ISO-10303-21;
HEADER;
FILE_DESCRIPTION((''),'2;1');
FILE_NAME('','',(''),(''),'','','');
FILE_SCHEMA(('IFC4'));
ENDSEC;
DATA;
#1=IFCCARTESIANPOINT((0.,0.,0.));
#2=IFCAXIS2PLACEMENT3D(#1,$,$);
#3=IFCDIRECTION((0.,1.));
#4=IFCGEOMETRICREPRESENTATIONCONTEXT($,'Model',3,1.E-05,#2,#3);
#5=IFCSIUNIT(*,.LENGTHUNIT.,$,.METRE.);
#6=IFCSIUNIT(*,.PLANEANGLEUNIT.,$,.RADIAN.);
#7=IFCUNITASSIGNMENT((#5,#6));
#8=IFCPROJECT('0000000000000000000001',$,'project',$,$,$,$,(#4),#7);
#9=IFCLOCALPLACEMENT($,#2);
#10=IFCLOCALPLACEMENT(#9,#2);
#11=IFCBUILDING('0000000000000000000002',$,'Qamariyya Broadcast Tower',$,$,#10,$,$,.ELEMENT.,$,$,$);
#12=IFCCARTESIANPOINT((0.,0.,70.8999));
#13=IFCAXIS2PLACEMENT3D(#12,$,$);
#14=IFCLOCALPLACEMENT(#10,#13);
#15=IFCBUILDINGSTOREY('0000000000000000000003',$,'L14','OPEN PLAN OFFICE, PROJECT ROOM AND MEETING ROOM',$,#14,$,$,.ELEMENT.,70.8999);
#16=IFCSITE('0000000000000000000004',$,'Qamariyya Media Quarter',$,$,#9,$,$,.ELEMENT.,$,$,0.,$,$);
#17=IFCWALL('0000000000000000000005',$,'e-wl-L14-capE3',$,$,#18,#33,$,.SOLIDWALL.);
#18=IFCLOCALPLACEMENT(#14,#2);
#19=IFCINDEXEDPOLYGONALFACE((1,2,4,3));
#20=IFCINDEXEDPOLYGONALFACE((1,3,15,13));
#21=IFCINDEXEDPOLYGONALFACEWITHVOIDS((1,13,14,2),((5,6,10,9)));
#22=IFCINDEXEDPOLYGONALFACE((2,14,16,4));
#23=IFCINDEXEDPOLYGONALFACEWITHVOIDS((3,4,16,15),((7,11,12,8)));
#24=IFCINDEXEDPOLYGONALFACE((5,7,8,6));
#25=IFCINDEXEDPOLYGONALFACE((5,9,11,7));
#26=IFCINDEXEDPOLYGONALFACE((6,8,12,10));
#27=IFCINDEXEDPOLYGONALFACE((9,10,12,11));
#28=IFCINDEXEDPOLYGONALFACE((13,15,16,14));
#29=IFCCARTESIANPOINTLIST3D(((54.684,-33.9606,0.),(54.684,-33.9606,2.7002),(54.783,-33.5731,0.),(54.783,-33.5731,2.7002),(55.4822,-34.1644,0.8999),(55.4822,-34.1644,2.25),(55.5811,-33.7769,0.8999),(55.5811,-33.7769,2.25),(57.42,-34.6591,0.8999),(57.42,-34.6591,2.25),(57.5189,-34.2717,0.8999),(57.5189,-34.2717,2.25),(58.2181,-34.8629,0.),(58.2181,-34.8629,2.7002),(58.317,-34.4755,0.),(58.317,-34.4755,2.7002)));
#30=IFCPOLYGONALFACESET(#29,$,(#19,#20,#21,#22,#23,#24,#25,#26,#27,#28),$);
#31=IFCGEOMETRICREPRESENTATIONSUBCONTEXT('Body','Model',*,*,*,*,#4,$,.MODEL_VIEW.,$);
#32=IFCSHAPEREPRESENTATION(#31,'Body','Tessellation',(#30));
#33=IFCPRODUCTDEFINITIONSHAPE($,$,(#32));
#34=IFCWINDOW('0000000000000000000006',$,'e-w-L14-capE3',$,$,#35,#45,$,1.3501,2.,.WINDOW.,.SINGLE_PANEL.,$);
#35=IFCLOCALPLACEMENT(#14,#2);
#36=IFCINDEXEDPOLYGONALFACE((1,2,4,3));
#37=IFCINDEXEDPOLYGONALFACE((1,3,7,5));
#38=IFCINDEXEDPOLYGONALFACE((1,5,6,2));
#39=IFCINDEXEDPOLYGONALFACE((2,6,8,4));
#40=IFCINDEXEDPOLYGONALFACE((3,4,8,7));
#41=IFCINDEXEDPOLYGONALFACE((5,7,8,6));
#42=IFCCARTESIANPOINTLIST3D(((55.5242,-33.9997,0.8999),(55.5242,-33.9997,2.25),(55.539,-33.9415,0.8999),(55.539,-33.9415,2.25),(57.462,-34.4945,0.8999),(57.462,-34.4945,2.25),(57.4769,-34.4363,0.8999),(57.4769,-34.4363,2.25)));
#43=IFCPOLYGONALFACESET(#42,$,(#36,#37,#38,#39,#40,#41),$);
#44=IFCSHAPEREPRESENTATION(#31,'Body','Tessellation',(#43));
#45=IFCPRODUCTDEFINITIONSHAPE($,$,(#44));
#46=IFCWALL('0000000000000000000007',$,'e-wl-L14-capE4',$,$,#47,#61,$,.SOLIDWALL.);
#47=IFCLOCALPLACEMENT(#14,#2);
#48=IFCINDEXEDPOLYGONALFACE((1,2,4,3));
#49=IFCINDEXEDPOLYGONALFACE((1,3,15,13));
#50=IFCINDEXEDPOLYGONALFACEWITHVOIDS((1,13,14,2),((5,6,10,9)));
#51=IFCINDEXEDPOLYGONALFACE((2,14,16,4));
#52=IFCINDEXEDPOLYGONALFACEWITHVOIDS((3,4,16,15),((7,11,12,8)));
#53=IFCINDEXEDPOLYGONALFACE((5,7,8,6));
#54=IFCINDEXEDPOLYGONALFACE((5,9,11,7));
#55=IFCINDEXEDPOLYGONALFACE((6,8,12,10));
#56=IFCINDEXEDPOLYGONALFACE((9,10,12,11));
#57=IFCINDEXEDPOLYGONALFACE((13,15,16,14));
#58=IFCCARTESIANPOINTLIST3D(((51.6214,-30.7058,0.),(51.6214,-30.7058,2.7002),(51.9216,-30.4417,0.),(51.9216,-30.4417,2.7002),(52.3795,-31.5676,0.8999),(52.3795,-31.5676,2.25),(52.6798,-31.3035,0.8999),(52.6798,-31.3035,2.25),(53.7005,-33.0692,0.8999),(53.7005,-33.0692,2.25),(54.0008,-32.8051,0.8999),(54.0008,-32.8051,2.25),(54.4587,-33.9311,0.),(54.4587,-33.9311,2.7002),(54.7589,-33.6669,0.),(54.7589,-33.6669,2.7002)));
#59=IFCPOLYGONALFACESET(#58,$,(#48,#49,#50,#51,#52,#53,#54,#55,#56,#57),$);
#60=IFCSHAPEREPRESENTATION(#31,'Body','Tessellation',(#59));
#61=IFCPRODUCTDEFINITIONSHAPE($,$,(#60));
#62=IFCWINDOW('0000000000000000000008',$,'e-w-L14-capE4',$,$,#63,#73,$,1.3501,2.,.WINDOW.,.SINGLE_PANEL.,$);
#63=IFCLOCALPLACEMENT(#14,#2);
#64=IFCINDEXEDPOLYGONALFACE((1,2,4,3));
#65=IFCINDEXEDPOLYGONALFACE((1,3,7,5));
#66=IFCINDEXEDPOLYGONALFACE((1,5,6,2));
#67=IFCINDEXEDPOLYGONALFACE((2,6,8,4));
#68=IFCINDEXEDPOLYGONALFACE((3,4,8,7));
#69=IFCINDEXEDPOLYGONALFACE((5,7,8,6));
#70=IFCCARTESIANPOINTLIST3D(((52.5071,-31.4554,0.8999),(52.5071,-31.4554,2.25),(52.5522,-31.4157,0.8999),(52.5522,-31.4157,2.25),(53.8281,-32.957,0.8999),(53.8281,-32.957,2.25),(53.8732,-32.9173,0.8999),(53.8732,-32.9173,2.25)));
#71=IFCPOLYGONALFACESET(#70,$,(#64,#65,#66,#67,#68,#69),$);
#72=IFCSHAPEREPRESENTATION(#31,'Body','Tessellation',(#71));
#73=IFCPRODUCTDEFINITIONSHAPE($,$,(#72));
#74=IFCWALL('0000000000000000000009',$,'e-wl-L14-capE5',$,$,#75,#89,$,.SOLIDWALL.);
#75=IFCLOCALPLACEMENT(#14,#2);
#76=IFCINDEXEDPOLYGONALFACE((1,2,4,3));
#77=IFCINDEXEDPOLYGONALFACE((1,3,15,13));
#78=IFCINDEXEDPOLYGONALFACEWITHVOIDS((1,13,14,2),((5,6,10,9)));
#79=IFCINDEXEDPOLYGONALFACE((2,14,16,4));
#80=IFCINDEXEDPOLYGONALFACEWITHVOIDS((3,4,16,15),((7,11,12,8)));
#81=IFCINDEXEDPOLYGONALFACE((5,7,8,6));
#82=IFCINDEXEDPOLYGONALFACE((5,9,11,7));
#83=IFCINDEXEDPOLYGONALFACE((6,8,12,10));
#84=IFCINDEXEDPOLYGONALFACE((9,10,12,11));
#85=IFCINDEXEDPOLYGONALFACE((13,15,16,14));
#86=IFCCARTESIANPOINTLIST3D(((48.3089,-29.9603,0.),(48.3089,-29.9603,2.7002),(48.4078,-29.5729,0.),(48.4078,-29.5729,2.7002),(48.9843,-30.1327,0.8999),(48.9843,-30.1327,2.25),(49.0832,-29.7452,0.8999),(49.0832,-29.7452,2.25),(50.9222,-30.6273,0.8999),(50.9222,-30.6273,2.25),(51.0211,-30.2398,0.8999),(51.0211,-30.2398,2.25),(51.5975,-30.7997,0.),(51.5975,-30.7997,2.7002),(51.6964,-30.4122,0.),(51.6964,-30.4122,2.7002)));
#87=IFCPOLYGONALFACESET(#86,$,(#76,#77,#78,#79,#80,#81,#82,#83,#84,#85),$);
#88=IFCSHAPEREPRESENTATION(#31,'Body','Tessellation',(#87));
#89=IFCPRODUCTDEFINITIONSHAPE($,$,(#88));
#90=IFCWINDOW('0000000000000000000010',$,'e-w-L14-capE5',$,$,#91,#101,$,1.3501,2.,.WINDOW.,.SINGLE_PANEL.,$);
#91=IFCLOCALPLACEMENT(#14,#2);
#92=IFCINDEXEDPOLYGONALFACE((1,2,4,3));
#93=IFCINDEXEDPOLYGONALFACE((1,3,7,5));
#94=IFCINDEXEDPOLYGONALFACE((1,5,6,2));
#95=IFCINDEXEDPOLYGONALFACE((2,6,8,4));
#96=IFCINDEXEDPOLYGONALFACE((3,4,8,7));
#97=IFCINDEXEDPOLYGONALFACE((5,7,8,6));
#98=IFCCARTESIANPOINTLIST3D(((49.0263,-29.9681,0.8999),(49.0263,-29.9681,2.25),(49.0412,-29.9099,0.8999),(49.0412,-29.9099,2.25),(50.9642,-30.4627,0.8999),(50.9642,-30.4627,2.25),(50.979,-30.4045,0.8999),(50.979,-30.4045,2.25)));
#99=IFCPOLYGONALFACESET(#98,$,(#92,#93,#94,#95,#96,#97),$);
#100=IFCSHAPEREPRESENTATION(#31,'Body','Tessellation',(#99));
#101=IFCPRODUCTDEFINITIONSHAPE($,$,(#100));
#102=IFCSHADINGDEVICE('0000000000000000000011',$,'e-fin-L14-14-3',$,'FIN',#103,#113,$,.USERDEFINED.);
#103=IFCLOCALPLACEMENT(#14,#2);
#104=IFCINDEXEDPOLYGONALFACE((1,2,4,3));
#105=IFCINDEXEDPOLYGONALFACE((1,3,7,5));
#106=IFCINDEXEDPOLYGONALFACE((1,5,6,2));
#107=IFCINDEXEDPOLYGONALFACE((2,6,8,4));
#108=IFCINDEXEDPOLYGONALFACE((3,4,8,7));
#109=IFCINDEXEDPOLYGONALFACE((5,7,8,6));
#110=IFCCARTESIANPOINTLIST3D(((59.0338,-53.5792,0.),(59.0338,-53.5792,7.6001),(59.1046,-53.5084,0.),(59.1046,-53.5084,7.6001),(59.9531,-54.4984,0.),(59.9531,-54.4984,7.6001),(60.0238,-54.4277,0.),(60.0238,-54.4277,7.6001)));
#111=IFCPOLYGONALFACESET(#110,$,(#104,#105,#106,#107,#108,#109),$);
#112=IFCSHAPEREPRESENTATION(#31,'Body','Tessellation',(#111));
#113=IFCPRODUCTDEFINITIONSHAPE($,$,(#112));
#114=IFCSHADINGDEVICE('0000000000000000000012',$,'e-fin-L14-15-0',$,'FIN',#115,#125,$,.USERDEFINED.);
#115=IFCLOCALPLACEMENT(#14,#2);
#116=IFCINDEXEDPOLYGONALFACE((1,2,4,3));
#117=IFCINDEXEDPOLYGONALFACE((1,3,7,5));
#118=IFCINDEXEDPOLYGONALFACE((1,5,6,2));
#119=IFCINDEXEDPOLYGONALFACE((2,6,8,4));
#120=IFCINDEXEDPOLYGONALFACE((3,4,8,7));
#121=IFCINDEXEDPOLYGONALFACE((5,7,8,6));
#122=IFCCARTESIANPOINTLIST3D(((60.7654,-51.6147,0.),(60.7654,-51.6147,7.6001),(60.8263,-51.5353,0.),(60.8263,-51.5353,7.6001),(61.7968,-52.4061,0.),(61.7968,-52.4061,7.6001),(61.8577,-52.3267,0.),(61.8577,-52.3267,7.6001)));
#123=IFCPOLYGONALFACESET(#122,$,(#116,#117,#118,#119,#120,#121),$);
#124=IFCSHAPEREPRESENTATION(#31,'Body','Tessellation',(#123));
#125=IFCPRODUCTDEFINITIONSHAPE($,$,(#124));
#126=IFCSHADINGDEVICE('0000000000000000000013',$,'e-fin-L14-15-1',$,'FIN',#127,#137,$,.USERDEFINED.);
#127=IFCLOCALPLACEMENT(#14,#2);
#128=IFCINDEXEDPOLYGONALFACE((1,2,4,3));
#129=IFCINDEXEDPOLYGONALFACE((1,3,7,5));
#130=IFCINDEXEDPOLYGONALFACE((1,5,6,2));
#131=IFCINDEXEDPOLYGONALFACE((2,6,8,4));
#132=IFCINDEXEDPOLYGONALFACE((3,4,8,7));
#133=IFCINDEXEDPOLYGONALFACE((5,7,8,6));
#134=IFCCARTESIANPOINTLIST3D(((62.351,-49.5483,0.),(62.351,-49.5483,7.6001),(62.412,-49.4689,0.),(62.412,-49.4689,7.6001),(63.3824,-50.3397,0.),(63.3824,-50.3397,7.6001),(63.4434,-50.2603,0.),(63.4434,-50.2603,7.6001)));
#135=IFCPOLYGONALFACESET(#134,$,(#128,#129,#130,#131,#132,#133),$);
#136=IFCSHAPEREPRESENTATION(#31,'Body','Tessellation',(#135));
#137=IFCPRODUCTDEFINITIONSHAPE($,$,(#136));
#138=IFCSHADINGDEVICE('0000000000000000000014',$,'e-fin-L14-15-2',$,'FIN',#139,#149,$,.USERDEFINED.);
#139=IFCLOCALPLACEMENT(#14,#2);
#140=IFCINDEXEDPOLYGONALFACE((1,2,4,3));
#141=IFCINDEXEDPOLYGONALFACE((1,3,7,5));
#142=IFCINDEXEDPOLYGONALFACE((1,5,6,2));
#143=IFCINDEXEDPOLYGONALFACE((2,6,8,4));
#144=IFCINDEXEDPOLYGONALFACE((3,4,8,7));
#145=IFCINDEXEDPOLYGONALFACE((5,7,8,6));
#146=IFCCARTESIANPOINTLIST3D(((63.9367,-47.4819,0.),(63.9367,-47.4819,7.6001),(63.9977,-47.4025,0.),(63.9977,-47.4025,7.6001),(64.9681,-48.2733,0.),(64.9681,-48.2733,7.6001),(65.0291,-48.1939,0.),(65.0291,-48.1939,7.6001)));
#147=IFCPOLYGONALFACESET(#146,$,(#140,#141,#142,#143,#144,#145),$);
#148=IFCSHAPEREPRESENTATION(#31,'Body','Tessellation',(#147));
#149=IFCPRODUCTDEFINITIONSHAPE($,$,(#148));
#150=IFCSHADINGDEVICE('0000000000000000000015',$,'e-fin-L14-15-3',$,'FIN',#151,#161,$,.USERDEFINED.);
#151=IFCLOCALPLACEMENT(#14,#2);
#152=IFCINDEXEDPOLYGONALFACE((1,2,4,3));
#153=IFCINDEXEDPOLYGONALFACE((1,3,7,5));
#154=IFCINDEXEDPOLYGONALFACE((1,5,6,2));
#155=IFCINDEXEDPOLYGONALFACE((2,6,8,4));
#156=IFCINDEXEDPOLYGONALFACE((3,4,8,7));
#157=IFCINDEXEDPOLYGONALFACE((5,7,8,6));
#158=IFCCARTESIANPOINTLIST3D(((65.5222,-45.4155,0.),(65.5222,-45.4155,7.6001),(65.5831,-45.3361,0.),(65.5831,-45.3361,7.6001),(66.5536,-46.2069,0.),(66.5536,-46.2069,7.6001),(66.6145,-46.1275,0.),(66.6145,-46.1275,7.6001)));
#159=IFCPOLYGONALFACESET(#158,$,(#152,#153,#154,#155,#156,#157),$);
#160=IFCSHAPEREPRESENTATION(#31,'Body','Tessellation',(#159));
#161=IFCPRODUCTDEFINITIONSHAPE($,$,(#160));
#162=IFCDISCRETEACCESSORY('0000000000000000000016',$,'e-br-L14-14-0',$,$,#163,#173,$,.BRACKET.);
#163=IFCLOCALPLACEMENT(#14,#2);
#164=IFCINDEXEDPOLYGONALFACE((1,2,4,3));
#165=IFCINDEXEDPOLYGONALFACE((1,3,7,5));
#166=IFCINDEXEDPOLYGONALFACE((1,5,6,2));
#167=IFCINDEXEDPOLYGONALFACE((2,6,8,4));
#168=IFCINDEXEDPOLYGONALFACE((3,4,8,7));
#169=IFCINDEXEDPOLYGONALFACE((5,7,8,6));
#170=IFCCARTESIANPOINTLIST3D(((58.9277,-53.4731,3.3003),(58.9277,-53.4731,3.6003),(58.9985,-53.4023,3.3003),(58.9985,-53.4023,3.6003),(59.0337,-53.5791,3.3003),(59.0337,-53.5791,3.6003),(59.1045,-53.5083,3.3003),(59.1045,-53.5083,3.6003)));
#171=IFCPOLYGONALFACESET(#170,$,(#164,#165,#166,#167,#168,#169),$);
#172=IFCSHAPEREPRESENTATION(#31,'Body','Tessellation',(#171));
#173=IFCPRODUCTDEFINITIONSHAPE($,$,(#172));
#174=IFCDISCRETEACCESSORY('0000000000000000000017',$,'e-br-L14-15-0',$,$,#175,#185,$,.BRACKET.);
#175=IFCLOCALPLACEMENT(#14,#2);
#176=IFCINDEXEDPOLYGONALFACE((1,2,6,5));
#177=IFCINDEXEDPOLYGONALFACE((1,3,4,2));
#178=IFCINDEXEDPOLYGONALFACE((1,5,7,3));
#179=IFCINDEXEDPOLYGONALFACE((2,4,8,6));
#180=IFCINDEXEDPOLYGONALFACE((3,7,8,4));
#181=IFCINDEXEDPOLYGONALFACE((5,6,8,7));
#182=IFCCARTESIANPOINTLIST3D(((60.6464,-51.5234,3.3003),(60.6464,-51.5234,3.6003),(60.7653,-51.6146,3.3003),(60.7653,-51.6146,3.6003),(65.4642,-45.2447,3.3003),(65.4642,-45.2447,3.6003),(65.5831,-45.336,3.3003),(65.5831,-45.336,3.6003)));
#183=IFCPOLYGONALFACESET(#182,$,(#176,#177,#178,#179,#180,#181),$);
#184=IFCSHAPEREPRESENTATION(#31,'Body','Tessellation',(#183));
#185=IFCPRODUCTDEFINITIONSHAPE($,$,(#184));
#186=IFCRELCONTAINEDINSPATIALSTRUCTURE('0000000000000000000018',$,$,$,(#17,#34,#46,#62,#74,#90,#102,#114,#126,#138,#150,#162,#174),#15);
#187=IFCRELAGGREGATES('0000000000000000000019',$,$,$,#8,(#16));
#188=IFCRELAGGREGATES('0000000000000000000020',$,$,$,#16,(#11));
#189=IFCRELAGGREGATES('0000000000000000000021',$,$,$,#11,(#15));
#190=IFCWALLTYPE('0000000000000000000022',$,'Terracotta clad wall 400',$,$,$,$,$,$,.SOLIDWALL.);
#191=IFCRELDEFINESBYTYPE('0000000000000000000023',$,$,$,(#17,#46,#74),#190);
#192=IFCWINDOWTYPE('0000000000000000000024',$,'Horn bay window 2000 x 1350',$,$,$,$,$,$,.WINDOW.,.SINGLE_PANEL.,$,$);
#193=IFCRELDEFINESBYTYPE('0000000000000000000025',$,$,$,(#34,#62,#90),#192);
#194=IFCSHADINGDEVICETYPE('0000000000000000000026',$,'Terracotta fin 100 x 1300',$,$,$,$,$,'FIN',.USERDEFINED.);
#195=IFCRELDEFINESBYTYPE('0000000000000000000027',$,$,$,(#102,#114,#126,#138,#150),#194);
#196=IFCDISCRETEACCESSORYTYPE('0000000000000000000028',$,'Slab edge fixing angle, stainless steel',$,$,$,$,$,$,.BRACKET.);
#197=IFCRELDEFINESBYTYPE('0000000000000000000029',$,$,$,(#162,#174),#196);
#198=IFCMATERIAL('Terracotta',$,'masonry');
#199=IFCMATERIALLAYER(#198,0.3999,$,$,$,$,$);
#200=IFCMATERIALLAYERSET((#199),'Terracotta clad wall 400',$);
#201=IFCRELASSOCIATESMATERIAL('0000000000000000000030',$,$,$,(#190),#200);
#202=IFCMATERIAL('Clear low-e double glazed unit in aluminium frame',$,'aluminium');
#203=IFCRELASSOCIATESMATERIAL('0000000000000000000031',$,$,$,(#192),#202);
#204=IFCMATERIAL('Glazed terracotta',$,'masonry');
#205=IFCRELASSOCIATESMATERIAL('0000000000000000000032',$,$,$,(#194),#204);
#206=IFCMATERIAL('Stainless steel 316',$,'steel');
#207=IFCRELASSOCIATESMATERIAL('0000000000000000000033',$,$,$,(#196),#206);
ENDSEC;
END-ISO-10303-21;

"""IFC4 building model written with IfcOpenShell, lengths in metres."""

from ifc_helpers import new_model, si_unit, direction, frame, frame_2d, origin, origin_2d, place, context, subcontext, project, spatial, rectangle, extrude, material, layer, layer_set, material_profile, profile_set, type_object, element, fill, save


model = new_model("IFC4")

# Units and contexts
model_context = context("Model", 3, precision=1e-05, world=origin(), true_north=direction((0.0, 1.0)))
body_context = subcontext(model_context, "Body", "Model", "MODEL_VIEW")
ifc_project = project(units=[si_unit("LENGTHUNIT", "METRE"), si_unit("PLANEANGLEUNIT", "RADIAN")], contexts=[model_context])

# Site, building, storey
site_placement = place(None, origin())
site = spatial("IfcSite", under=ifc_project, at=site_placement, Name="Qamariyya Media Quarter", CompositionType="ELEMENT", RefElevation=0.0)
building_placement = place(site_placement, origin())
building = spatial("IfcBuilding", under=site, at=building_placement, Name="Qamariyya Broadcast Tower", CompositionType="ELEMENT")
storey_placement = place(building_placement, frame((0.0, 0.0, 70.8999)))
storey = spatial("IfcBuildingStorey", under=building, at=storey_placement, Name="L14", Description="OPEN PLAN OFFICE, PROJECT ROOM AND MEETING ROOM", CompositionType="ELEMENT", Elevation=70.8999)

# Walls, openings, windows
ifc_material_1 = material(Name="Terracotta", Category="masonry")
ifc_layer = layer(ifc_material_1, 0.3999)
ifc_layer_set = layer_set([ifc_layer], Name="Terracotta clad wall 400")
wall_type = type_object("IfcWallType", Name="Terracotta clad wall 400", PredefinedType="SOLIDWALL", material=ifc_layer_set)
ifc_material_2 = material(Name="Clear low-e double glazed unit in aluminium frame", Category="aluminium")
window_type = type_object("IfcWindowType", Name="Horn bay window 2000 x 1350", PartitioningType="SINGLE_PANEL", PredefinedType="WINDOW", material=ifc_material_2)
wall_1_placement = place(storey_placement, frame((58.2676, -34.6692, 0.0), z_axis=(0.0, 0.0, 1.0), x_axis=(-0.968918, 0.247383, 0.0)))
wall_1 = element("IfcWall", 1, at=wall_1_placement, inside=storey, type_object=wall_type, Name="e-wl-L14-capE3", PredefinedType="SOLIDWALL", context=body_context, shape_type="SweptSolid", body=[
    extrude(rectangle(XDim=3.6475, YDim=0.3999, at=frame_2d((1.8237, 0.0))), origin(), (0.0, 0.0, 1.0), 2.7002),
])
opening_1_placement = place(wall_1_placement, frame((0.8237, 0.0, 0.8999)))
opening_1 = element("IfcOpeningElement", 2, at=opening_1_placement, cuts=wall_1, PredefinedType="OPENING", context=body_context, shape_type="SweptSolid", body=[
    extrude(rectangle(XDim=2.0, YDim=1.3501, at=frame_2d((1.0, 0.675))), frame((0.0, 0.21, 0.0), z_axis=(0.0, -1.0, 0.0), x_axis=(1.0, 0.0, 0.0)), (0.0, 0.0, 1.0), 0.4199),
])
window_1_placement = place(opening_1_placement, origin())
window_1 = element("IfcWindow", 3, at=window_1_placement, inside=storey, type_object=window_type, Name="e-w-L14-capE3", OverallHeight=1.3501, OverallWidth=2.0, PartitioningType="SINGLE_PANEL", PredefinedType="WINDOW", context=body_context, shape_type="SweptSolid", body=[
    extrude(rectangle(XDim=2.0, YDim=1.3501, at=frame_2d((1.0, 0.675))), frame((0.0, 0.03, 0.0), z_axis=(0.0, -1.0, 0.0), x_axis=(1.0, 0.0, 0.0)), (0.0, 0.0, 1.0), 0.0601),
])
fill(opening_1, window_1)
wall_2_placement = place(storey_placement, frame((54.6089, -33.7991, 0.0), z_axis=(0.0, 0.0, 1.0), x_axis=(-0.66051, 0.750817, 0.0)))
wall_2 = element("IfcWall", 4, at=wall_2_placement, inside=storey, type_object=wall_type, Name="e-wl-L14-capE4", PredefinedType="SOLIDWALL", context=body_context, shape_type="SweptSolid", body=[
    extrude(rectangle(XDim=4.2957, YDim=0.3999, at=frame_2d((2.1479, 0.0))), origin(), (0.0, 0.0, 1.0), 2.7002),
])
opening_2_placement = place(wall_2_placement, frame((1.1479, 0.0, 0.8999)))
opening_2 = element("IfcOpeningElement", 5, at=opening_2_placement, cuts=wall_2, PredefinedType="OPENING", context=body_context, shape_type="SweptSolid", body=[
    extrude(rectangle(XDim=2.0, YDim=1.3501, at=frame_2d((1.0, 0.675))), frame((0.0, 0.21, 0.0), z_axis=(0.0, -1.0, 0.0), x_axis=(1.0, 0.0, 0.0)), (0.0, 0.0, 1.0), 0.4199),
])
window_2_placement = place(opening_2_placement, origin())
window_2 = element("IfcWindow", 6, at=window_2_placement, inside=storey, type_object=window_type, Name="e-w-L14-capE4", OverallHeight=1.3501, OverallWidth=2.0, PartitioningType="SINGLE_PANEL", PredefinedType="WINDOW", context=body_context, shape_type="SweptSolid", body=[
    extrude(rectangle(XDim=2.0, YDim=1.3501, at=frame_2d((1.0, 0.675))), frame((0.0, 0.03, 0.0), z_axis=(0.0, -1.0, 0.0), x_axis=(1.0, 0.0, 0.0)), (0.0, 0.0, 1.0), 0.0601),
])
fill(opening_2, window_2)
wall_3_placement = place(storey_placement, frame((51.647, -30.606, 0.0), z_axis=(0.0, 0.0, 1.0), x_axis=(-0.968938, 0.247306, 0.0)))
wall_3 = element("IfcWall", 7, at=wall_3_placement, inside=storey, type_object=wall_type, Name="e-wl-L14-capE5", PredefinedType="SOLIDWALL", context=body_context, shape_type="SweptSolid", body=[
    extrude(rectangle(XDim=3.394, YDim=0.3999, at=frame_2d((1.697, 0.0))), origin(), (0.0, 0.0, 1.0), 2.7002),
])
opening_3_placement = place(wall_3_placement, frame((0.697, 0.0, 0.8999)))
opening_3 = element("IfcOpeningElement", 8, at=opening_3_placement, cuts=wall_3, PredefinedType="OPENING", context=body_context, shape_type="SweptSolid", body=[
    extrude(rectangle(XDim=2.0, YDim=1.3501, at=frame_2d((1.0, 0.675))), frame((0.0, 0.21, 0.0), z_axis=(0.0, -1.0, 0.0), x_axis=(1.0, 0.0, 0.0)), (0.0, 0.0, 1.0), 0.4199),
])
window_3_placement = place(opening_3_placement, origin())
window_3 = element("IfcWindow", 9, at=window_3_placement, inside=storey, type_object=window_type, Name="e-w-L14-capE5", OverallHeight=1.3501, OverallWidth=2.0, PartitioningType="SINGLE_PANEL", PredefinedType="WINDOW", context=body_context, shape_type="SweptSolid", body=[
    extrude(rectangle(XDim=2.0, YDim=1.3501, at=frame_2d((1.0, 0.675))), frame((0.0, 0.03, 0.0), z_axis=(0.0, -1.0, 0.0), x_axis=(1.0, 0.0, 0.0)), (0.0, 0.0, 1.0), 0.0601),
])
fill(opening_3, window_3)

# Shading devices
ifc_material_3 = material(Name="Glazed terracotta", Category="masonry")
ifc_material_profile_1 = material_profile(ifc_material_3, rectangle(XDim=1.3, YDim=0.1001, at=origin_2d()))
ifc_profile_set_1 = profile_set([ifc_material_profile_1], Name="Glazed terracotta")
shading_device_type_1 = type_object("IfcShadingDeviceType", Name="Terracotta fin 100 x 1300", ElementType="FIN", PredefinedType="USERDEFINED", material=ifc_profile_set_1)
for number, where, z_axis, x_axis, name in (
    (10, (59.5288, -54.0034, 0.0), (0.0, 0.0, 1.0), (0.707107, -0.707107, 0.0), "e-fin-L14-14-3"),
    (11, (61.3115, -51.9707, 0.0), (0.0, 0.0, 1.0), (0.793353, -0.608761, 0.0), "e-fin-L14-15-0"),
    (12, (62.8972, -49.9043, 0.0), (0.0, 0.0, 1.0), (0.793353, -0.608761, 0.0), "e-fin-L14-15-1"),
    (13, (64.4829, -47.8379, 0.0), (0.0, 0.0, 1.0), (0.793353, -0.608761, 0.0), "e-fin-L14-15-2"),
    (14, (66.0684, -45.7715, 0.0), (0.0, 0.0, 1.0), (0.793353, -0.608761, 0.0), "e-fin-L14-15-3"),
):
    element("IfcShadingDevice", number, at=place(storey_placement, frame(where, z_axis=z_axis, x_axis=x_axis)), inside=storey, type_object=shading_device_type_1, Name=name, ObjectType="FIN", PredefinedType="USERDEFINED", context=body_context, shape_type="SweptSolid", body=[
        extrude(rectangle(XDim=1.3, YDim=0.1001, at=origin_2d()), origin(), (0.0, 0.0, 1.0), 7.6001),
    ])

# Discrete accessories
ifc_material_4 = material(Name="Stainless steel 316", Category="steel")
discrete_accessory_type = type_object("IfcDiscreteAccessoryType", Name="Slab edge fixing angle, stainless steel", PredefinedType="BRACKET", material=ifc_material_4)
discrete_accessory_1_placement = place(storey_placement, frame((59.0161, -53.4907, 3.3003), z_axis=(0.0, 0.0, 1.0), x_axis=(0.707107, 0.707107, 0.0)))
element("IfcDiscreteAccessory", 15, at=discrete_accessory_1_placement, inside=storey, type_object=discrete_accessory_type, Name="e-br-L14-14-0", PredefinedType="BRACKET", context=body_context, shape_type="SweptSolid", body=[
    extrude(rectangle(XDim=0.1001, YDim=0.1499, at=origin_2d()), origin(), (0.0, 0.0, 1.0), 0.3),
])
discrete_accessory_2_placement = place(storey_placement, frame((63.1147, -48.4297, 3.3003), z_axis=(0.0, 0.0, 1.0), x_axis=(0.608761, 0.793353, 0.0)))
element("IfcDiscreteAccessory", 16, at=discrete_accessory_2_placement, inside=storey, type_object=discrete_accessory_type, Name="e-br-L14-15-0", PredefinedType="BRACKET", context=body_context, shape_type="SweptSolid", body=[
    extrude(rectangle(XDim=7.9141, YDim=0.1499, at=origin_2d()), origin(), (0.0, 0.0, 1.0), 0.3),
])

save(model, "model.ifc")
